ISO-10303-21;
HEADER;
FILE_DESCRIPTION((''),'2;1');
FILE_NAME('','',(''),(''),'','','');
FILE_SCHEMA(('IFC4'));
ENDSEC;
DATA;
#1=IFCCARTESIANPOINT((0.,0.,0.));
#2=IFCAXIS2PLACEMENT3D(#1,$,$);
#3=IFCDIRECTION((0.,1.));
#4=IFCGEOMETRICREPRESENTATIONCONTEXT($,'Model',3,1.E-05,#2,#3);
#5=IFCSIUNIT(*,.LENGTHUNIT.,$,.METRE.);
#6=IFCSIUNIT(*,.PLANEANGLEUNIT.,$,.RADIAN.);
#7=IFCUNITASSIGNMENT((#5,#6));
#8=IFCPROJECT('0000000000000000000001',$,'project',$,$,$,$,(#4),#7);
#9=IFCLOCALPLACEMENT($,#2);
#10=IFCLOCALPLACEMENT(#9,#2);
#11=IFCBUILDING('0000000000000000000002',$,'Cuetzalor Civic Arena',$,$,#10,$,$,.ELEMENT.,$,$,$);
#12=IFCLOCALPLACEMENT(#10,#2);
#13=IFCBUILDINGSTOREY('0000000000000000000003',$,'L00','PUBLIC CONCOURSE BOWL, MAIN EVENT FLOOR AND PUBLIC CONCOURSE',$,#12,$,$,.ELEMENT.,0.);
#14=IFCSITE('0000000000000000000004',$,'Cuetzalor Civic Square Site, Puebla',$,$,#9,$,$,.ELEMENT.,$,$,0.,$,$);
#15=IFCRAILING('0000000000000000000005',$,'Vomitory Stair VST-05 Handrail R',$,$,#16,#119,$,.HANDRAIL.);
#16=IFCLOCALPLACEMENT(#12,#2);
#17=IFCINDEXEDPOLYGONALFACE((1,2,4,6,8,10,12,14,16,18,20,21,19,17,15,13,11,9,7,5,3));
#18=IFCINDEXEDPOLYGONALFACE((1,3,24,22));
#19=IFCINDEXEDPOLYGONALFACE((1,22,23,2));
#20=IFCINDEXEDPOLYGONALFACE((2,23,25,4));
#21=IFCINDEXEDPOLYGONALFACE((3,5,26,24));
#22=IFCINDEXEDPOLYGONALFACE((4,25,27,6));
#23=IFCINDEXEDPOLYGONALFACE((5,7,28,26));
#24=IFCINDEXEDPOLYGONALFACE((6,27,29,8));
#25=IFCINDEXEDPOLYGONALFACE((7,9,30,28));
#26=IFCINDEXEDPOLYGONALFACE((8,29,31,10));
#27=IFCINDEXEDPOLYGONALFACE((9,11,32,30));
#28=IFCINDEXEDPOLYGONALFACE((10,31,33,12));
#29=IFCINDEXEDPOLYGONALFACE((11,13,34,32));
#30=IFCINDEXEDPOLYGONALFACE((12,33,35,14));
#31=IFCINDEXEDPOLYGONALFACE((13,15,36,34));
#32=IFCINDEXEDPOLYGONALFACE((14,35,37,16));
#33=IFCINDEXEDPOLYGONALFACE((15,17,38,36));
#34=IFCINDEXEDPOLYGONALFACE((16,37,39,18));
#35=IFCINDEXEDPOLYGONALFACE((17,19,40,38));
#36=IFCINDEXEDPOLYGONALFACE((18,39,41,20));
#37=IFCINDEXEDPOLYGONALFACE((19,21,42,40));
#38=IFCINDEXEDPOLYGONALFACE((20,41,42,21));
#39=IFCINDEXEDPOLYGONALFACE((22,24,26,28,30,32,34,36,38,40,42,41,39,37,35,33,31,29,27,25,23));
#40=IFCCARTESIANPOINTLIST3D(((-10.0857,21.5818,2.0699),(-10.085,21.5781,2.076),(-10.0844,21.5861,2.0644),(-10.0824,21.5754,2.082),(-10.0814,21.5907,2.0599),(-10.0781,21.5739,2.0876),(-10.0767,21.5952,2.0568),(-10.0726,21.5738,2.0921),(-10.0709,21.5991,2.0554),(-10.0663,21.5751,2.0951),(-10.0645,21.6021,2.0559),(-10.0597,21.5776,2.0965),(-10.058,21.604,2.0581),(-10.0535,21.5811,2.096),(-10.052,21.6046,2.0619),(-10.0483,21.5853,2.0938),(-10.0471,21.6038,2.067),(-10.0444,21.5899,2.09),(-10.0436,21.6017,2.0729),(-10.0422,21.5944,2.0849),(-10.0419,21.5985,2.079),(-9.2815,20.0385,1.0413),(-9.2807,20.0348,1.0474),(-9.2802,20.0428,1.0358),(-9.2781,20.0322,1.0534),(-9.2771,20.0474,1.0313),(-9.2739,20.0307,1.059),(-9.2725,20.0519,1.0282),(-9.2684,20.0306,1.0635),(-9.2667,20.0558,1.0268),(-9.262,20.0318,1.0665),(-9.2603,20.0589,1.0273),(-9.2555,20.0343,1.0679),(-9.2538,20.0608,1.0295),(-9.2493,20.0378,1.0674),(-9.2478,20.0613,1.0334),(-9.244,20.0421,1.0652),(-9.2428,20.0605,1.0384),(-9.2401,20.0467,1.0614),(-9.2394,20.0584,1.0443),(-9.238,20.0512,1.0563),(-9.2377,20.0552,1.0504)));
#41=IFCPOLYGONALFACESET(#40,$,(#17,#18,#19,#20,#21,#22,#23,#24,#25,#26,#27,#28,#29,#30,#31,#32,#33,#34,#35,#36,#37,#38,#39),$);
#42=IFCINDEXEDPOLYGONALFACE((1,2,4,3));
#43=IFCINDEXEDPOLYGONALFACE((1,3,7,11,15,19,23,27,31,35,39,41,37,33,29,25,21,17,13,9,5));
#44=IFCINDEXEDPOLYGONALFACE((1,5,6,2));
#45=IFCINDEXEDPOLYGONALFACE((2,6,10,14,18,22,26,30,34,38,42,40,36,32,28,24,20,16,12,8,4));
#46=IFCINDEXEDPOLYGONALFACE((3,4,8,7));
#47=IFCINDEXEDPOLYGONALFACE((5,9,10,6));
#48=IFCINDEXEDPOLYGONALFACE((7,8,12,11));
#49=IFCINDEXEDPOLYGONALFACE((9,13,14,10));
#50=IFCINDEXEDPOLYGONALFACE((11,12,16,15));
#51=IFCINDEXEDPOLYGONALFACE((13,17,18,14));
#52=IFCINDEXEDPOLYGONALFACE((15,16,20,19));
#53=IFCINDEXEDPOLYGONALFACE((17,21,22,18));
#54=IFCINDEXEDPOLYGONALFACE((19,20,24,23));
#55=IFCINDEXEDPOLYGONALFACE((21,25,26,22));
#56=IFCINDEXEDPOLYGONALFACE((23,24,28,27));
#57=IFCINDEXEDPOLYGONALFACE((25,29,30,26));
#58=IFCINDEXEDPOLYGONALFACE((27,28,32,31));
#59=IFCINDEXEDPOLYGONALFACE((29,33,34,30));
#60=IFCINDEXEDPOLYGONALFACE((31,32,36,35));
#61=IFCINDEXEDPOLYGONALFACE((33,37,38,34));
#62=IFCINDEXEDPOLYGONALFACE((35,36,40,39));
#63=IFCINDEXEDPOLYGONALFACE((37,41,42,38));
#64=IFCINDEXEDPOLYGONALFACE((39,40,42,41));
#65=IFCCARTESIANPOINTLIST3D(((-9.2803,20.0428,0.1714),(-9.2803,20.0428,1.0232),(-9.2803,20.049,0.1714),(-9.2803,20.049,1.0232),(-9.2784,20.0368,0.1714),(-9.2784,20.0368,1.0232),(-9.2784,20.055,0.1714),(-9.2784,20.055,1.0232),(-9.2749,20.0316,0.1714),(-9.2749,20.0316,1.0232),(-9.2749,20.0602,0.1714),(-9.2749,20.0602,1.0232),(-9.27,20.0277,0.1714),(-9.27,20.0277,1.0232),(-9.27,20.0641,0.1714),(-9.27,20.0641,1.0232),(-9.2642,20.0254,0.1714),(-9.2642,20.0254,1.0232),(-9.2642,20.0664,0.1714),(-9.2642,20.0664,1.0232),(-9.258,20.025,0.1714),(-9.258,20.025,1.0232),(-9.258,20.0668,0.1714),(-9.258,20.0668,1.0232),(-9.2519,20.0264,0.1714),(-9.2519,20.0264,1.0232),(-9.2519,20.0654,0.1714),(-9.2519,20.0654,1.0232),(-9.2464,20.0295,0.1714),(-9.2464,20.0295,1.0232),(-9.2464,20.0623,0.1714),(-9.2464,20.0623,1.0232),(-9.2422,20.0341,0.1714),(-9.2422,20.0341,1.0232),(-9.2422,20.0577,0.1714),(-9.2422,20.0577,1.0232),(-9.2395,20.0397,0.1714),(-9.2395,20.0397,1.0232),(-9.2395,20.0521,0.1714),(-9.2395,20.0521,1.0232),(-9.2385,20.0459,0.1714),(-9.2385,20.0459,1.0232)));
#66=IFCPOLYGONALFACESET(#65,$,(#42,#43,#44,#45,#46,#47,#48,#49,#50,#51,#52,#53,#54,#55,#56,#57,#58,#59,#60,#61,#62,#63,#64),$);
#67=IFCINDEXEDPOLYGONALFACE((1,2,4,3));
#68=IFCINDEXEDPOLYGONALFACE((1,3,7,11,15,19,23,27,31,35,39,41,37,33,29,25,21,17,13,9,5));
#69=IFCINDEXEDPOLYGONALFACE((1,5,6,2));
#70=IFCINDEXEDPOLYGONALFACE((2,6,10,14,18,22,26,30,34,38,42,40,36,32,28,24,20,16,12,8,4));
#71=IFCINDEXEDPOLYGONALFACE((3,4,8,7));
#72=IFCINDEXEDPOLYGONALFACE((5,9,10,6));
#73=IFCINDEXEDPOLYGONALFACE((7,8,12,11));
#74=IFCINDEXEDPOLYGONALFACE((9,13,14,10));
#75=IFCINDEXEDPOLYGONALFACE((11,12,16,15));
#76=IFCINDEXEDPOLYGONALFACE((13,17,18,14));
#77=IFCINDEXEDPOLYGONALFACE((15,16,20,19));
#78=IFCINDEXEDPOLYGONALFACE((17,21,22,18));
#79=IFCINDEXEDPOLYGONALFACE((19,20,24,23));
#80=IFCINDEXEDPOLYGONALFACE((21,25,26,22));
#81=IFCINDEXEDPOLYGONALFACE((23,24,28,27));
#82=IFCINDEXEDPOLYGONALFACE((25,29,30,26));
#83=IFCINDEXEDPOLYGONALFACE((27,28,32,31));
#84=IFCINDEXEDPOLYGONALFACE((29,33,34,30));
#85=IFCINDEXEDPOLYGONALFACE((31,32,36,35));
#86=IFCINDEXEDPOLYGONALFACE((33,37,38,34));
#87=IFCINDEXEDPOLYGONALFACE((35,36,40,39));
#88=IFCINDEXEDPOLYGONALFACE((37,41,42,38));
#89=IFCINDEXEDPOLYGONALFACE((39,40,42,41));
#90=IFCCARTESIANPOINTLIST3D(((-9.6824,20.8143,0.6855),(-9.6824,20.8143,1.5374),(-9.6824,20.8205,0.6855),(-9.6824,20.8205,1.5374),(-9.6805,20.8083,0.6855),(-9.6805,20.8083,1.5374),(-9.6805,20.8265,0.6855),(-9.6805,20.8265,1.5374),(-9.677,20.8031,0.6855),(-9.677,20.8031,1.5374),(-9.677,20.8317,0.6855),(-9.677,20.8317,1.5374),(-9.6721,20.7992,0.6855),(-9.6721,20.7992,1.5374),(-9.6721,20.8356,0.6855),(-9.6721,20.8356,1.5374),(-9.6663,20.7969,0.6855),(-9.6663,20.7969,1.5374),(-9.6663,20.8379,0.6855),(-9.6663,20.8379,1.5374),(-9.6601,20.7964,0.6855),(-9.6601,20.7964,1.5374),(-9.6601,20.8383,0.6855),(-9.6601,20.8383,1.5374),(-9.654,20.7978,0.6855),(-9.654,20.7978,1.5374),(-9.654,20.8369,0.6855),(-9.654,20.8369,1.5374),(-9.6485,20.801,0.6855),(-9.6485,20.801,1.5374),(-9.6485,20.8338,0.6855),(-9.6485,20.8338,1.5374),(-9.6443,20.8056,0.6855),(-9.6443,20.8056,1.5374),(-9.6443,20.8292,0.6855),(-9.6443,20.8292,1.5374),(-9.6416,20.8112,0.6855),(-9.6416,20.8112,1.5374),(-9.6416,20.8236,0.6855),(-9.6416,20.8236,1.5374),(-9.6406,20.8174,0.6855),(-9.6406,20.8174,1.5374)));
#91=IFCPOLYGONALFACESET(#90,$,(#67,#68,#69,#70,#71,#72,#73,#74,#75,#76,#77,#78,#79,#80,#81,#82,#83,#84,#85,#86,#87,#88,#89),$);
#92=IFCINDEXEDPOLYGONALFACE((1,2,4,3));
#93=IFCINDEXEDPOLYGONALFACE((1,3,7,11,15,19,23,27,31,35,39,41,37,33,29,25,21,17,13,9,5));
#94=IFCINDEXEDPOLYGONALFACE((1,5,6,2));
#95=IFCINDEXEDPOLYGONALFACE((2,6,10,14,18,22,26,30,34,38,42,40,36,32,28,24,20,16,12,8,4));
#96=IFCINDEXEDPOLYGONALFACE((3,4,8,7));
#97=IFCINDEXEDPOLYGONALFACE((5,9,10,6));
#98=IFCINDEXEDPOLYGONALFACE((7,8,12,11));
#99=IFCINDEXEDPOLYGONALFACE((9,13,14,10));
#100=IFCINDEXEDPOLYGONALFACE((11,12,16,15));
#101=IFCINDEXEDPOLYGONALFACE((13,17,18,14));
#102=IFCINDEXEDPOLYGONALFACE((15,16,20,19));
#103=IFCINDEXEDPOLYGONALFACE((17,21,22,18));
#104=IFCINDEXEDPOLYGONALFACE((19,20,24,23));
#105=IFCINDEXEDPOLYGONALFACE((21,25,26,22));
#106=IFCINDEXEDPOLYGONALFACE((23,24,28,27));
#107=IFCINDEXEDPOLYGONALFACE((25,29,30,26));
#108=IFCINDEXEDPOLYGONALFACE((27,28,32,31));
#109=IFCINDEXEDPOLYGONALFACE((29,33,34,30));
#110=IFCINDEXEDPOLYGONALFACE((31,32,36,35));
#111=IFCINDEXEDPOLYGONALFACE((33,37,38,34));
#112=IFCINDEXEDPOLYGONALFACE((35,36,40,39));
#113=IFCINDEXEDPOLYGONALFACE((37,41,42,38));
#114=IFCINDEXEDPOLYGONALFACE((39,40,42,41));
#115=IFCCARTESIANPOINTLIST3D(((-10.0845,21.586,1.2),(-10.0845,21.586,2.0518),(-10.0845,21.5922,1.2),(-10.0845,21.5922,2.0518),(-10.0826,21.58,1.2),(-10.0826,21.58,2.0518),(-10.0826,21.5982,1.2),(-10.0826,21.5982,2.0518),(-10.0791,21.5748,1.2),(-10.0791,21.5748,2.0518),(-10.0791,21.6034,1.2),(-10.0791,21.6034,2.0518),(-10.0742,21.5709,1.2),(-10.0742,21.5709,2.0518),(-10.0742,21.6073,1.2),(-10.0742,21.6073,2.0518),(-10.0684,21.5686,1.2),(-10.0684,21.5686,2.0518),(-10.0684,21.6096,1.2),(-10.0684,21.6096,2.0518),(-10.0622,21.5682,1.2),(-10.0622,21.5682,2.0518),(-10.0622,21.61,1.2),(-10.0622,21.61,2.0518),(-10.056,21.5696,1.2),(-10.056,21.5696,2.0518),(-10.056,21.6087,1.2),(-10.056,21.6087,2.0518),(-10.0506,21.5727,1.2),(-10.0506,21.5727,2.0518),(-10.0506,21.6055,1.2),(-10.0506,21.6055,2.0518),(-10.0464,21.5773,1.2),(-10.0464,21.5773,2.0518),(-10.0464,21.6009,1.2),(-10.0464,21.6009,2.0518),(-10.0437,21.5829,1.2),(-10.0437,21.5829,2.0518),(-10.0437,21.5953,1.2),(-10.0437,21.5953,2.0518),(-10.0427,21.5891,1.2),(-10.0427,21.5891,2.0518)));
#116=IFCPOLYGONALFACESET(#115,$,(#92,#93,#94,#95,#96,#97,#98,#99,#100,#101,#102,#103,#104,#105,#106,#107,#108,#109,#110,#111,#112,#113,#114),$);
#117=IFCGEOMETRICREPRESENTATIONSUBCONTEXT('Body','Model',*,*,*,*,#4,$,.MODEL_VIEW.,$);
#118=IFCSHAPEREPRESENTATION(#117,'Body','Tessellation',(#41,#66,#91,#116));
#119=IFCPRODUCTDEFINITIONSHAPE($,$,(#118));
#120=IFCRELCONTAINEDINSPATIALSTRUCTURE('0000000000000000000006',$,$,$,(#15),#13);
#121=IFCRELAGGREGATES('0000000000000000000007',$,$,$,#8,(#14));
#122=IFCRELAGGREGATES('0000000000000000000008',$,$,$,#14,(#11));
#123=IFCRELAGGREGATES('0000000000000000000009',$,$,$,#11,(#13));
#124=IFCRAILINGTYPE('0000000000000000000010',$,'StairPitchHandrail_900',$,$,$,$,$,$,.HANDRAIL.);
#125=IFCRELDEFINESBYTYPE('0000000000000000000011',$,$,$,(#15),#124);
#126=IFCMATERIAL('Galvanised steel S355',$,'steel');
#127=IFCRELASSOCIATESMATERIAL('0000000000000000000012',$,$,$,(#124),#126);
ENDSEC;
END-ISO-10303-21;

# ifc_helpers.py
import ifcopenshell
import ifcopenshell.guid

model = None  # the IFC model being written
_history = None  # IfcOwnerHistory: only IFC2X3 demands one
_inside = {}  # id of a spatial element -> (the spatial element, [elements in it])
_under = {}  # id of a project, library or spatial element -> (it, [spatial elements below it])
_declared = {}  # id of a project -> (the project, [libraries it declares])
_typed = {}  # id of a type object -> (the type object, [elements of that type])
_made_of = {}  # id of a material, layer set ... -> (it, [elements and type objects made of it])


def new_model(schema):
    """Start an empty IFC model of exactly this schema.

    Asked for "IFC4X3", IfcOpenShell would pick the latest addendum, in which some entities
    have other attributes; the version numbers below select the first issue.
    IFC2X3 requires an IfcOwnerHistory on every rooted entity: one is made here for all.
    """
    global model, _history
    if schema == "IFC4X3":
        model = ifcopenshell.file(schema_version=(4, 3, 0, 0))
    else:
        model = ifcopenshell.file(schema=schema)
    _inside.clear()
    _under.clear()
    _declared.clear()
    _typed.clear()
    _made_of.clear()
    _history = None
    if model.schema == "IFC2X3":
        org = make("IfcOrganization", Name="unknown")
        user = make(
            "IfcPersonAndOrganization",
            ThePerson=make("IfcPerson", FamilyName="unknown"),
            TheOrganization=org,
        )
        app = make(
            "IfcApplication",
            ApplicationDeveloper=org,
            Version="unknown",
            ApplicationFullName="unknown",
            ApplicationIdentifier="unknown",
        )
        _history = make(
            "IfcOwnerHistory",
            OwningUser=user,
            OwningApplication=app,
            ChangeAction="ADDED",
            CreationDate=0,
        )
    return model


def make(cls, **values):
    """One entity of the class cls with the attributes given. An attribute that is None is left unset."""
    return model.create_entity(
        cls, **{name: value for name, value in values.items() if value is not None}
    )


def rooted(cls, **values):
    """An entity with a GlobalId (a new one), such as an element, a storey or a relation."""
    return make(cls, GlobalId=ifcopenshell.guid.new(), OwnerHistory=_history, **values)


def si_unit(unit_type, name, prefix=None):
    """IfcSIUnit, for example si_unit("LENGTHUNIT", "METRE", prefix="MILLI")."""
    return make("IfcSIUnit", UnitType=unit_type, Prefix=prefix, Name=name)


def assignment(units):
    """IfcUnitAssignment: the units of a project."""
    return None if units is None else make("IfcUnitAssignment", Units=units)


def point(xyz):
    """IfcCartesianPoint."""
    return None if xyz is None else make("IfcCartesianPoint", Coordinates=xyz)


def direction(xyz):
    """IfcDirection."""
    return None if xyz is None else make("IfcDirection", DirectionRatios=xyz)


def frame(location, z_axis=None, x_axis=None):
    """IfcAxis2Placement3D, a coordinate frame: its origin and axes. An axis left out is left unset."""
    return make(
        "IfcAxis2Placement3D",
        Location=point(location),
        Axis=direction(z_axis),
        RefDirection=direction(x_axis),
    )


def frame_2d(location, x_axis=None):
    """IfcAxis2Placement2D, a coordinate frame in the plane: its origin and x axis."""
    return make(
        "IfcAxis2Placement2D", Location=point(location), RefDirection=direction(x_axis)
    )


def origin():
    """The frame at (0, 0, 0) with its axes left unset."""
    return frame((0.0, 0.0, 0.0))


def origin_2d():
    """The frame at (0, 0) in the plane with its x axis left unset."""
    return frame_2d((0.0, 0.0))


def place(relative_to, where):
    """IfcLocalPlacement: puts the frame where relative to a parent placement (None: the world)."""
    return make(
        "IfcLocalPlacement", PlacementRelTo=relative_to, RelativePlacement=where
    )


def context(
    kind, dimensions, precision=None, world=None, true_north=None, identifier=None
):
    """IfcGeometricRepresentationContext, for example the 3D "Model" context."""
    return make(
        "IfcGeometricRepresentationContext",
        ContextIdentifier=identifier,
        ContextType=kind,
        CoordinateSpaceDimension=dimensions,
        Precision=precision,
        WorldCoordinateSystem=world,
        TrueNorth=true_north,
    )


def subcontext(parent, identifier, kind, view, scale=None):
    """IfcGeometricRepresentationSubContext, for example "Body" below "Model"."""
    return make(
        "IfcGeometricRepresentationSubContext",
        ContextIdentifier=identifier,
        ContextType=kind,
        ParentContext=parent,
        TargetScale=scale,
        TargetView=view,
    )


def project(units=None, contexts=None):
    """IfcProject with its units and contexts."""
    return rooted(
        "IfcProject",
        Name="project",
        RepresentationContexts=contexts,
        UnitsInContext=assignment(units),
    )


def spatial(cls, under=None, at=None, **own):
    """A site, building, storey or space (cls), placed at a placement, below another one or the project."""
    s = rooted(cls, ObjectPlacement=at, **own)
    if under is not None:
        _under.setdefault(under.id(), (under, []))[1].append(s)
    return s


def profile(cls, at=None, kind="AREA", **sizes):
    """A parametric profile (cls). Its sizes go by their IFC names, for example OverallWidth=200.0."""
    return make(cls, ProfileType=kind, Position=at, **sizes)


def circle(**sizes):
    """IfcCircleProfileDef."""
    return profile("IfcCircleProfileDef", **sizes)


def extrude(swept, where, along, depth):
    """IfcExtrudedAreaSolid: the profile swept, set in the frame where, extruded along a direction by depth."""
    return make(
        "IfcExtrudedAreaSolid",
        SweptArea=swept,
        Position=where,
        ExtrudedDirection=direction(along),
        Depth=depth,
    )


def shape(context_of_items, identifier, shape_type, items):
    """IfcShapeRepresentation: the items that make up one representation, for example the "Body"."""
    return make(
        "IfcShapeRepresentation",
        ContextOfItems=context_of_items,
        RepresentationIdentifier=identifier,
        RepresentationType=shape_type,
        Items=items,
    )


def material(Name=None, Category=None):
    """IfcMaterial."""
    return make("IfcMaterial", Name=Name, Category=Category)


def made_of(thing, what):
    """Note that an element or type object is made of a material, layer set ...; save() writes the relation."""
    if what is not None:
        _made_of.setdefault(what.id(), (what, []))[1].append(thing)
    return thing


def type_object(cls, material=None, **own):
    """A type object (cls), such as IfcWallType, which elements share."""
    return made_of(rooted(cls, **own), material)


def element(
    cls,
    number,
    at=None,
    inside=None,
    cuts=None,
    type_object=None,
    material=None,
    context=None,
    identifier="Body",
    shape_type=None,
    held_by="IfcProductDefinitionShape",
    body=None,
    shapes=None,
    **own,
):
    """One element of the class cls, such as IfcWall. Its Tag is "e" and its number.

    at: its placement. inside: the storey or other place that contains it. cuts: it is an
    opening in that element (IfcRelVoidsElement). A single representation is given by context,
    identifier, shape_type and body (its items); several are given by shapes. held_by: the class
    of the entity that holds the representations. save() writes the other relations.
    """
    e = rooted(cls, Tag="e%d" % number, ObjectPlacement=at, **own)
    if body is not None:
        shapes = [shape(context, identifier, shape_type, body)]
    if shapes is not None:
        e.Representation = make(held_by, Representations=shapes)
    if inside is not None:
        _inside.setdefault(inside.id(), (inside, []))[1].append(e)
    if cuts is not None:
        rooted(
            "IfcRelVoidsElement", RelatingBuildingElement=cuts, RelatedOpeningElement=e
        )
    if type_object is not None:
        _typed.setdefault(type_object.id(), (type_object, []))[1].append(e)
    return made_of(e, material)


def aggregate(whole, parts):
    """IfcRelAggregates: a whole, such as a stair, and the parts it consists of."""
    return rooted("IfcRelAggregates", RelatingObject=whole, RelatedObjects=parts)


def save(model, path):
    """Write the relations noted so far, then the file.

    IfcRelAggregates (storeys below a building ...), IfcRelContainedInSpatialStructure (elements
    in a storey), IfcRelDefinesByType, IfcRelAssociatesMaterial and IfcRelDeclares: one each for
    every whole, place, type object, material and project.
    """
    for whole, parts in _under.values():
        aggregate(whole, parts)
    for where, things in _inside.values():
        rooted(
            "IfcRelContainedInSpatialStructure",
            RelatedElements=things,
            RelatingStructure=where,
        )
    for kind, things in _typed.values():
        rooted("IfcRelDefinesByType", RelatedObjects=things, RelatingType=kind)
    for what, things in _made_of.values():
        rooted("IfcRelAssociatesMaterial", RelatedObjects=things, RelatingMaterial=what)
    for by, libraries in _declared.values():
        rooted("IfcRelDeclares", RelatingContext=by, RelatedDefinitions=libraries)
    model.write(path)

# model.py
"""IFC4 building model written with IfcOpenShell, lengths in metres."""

from ifc_helpers import new_model, si_unit, direction, frame, origin, origin_2d, place, context, subcontext, project, spatial, circle, extrude, material, type_object, element, save


model = new_model("IFC4")

# Units and contexts
model_context = context("Model", 3, precision=1e-05, world=origin(), true_north=direction((0.0, 1.0)))
body_context = subcontext(model_context, "Body", "Model", "MODEL_VIEW")
ifc_project = project(units=[si_unit("LENGTHUNIT", "METRE"), si_unit("PLANEANGLEUNIT", "RADIAN")], contexts=[model_context])

# Site, building, storey
site_placement = place(None, origin())
site = spatial("IfcSite", under=ifc_project, at=site_placement, Name="Cuetzalor Civic Square Site, Puebla", CompositionType="ELEMENT", RefElevation=0.0)
building_placement = place(site_placement, origin())
building = spatial("IfcBuilding", under=site, at=building_placement, Name="Cuetzalor Civic Arena", CompositionType="ELEMENT")
storey_placement = place(building_placement, origin())
storey = spatial("IfcBuildingStorey", under=building, at=storey_placement, Name="L00", Description="PUBLIC CONCOURSE BOWL, MAIN EVENT FLOOR AND PUBLIC CONCOURSE", CompositionType="ELEMENT", Elevation=0.0)

# Railing
ifc_material_1 = material(Name="Galvanised steel S355", Category="steel")
railing_type_1 = type_object("IfcRailingType", Name="StairPitchHandrail_900", PredefinedType="HANDRAIL", material=ifc_material_1)
railing_1_placement = place(storey_placement, frame((-9.2595, 20.0459, 0.1714)))
element("IfcRailing", 1, at=railing_1_placement, inside=storey, type_object=railing_type_1, Name="Vomitory Stair VST-05 Handrail R", PredefinedType="HANDRAIL", context=body_context, shape_type="SweptSolid", body=[
    extrude(circle(Radius=0.0239, at=origin_2d()), frame((0.0, 0.0, 0.876), z_axis=(-0.397836, 0.763426, 0.50883), x_axis=(-0.88681, -0.462134, 0.0)), (0.0, 0.0, 1.0), 2.0215),
    extrude(circle(Radius=0.021, at=origin_2d()), origin(), (0.0, 0.0, 1.0), 0.8518),
    extrude(circle(Radius=0.021, at=origin_2d()), frame((-0.4021, 0.7715, 0.5142)), (0.0, 0.0, 1.0), 0.8518),
    extrude(circle(Radius=0.021, at=origin_2d()), frame((-0.8042, 1.5432, 1.0286)), (0.0, 0.0, 1.0), 0.8518),
])

save(model, "model.ifc")
